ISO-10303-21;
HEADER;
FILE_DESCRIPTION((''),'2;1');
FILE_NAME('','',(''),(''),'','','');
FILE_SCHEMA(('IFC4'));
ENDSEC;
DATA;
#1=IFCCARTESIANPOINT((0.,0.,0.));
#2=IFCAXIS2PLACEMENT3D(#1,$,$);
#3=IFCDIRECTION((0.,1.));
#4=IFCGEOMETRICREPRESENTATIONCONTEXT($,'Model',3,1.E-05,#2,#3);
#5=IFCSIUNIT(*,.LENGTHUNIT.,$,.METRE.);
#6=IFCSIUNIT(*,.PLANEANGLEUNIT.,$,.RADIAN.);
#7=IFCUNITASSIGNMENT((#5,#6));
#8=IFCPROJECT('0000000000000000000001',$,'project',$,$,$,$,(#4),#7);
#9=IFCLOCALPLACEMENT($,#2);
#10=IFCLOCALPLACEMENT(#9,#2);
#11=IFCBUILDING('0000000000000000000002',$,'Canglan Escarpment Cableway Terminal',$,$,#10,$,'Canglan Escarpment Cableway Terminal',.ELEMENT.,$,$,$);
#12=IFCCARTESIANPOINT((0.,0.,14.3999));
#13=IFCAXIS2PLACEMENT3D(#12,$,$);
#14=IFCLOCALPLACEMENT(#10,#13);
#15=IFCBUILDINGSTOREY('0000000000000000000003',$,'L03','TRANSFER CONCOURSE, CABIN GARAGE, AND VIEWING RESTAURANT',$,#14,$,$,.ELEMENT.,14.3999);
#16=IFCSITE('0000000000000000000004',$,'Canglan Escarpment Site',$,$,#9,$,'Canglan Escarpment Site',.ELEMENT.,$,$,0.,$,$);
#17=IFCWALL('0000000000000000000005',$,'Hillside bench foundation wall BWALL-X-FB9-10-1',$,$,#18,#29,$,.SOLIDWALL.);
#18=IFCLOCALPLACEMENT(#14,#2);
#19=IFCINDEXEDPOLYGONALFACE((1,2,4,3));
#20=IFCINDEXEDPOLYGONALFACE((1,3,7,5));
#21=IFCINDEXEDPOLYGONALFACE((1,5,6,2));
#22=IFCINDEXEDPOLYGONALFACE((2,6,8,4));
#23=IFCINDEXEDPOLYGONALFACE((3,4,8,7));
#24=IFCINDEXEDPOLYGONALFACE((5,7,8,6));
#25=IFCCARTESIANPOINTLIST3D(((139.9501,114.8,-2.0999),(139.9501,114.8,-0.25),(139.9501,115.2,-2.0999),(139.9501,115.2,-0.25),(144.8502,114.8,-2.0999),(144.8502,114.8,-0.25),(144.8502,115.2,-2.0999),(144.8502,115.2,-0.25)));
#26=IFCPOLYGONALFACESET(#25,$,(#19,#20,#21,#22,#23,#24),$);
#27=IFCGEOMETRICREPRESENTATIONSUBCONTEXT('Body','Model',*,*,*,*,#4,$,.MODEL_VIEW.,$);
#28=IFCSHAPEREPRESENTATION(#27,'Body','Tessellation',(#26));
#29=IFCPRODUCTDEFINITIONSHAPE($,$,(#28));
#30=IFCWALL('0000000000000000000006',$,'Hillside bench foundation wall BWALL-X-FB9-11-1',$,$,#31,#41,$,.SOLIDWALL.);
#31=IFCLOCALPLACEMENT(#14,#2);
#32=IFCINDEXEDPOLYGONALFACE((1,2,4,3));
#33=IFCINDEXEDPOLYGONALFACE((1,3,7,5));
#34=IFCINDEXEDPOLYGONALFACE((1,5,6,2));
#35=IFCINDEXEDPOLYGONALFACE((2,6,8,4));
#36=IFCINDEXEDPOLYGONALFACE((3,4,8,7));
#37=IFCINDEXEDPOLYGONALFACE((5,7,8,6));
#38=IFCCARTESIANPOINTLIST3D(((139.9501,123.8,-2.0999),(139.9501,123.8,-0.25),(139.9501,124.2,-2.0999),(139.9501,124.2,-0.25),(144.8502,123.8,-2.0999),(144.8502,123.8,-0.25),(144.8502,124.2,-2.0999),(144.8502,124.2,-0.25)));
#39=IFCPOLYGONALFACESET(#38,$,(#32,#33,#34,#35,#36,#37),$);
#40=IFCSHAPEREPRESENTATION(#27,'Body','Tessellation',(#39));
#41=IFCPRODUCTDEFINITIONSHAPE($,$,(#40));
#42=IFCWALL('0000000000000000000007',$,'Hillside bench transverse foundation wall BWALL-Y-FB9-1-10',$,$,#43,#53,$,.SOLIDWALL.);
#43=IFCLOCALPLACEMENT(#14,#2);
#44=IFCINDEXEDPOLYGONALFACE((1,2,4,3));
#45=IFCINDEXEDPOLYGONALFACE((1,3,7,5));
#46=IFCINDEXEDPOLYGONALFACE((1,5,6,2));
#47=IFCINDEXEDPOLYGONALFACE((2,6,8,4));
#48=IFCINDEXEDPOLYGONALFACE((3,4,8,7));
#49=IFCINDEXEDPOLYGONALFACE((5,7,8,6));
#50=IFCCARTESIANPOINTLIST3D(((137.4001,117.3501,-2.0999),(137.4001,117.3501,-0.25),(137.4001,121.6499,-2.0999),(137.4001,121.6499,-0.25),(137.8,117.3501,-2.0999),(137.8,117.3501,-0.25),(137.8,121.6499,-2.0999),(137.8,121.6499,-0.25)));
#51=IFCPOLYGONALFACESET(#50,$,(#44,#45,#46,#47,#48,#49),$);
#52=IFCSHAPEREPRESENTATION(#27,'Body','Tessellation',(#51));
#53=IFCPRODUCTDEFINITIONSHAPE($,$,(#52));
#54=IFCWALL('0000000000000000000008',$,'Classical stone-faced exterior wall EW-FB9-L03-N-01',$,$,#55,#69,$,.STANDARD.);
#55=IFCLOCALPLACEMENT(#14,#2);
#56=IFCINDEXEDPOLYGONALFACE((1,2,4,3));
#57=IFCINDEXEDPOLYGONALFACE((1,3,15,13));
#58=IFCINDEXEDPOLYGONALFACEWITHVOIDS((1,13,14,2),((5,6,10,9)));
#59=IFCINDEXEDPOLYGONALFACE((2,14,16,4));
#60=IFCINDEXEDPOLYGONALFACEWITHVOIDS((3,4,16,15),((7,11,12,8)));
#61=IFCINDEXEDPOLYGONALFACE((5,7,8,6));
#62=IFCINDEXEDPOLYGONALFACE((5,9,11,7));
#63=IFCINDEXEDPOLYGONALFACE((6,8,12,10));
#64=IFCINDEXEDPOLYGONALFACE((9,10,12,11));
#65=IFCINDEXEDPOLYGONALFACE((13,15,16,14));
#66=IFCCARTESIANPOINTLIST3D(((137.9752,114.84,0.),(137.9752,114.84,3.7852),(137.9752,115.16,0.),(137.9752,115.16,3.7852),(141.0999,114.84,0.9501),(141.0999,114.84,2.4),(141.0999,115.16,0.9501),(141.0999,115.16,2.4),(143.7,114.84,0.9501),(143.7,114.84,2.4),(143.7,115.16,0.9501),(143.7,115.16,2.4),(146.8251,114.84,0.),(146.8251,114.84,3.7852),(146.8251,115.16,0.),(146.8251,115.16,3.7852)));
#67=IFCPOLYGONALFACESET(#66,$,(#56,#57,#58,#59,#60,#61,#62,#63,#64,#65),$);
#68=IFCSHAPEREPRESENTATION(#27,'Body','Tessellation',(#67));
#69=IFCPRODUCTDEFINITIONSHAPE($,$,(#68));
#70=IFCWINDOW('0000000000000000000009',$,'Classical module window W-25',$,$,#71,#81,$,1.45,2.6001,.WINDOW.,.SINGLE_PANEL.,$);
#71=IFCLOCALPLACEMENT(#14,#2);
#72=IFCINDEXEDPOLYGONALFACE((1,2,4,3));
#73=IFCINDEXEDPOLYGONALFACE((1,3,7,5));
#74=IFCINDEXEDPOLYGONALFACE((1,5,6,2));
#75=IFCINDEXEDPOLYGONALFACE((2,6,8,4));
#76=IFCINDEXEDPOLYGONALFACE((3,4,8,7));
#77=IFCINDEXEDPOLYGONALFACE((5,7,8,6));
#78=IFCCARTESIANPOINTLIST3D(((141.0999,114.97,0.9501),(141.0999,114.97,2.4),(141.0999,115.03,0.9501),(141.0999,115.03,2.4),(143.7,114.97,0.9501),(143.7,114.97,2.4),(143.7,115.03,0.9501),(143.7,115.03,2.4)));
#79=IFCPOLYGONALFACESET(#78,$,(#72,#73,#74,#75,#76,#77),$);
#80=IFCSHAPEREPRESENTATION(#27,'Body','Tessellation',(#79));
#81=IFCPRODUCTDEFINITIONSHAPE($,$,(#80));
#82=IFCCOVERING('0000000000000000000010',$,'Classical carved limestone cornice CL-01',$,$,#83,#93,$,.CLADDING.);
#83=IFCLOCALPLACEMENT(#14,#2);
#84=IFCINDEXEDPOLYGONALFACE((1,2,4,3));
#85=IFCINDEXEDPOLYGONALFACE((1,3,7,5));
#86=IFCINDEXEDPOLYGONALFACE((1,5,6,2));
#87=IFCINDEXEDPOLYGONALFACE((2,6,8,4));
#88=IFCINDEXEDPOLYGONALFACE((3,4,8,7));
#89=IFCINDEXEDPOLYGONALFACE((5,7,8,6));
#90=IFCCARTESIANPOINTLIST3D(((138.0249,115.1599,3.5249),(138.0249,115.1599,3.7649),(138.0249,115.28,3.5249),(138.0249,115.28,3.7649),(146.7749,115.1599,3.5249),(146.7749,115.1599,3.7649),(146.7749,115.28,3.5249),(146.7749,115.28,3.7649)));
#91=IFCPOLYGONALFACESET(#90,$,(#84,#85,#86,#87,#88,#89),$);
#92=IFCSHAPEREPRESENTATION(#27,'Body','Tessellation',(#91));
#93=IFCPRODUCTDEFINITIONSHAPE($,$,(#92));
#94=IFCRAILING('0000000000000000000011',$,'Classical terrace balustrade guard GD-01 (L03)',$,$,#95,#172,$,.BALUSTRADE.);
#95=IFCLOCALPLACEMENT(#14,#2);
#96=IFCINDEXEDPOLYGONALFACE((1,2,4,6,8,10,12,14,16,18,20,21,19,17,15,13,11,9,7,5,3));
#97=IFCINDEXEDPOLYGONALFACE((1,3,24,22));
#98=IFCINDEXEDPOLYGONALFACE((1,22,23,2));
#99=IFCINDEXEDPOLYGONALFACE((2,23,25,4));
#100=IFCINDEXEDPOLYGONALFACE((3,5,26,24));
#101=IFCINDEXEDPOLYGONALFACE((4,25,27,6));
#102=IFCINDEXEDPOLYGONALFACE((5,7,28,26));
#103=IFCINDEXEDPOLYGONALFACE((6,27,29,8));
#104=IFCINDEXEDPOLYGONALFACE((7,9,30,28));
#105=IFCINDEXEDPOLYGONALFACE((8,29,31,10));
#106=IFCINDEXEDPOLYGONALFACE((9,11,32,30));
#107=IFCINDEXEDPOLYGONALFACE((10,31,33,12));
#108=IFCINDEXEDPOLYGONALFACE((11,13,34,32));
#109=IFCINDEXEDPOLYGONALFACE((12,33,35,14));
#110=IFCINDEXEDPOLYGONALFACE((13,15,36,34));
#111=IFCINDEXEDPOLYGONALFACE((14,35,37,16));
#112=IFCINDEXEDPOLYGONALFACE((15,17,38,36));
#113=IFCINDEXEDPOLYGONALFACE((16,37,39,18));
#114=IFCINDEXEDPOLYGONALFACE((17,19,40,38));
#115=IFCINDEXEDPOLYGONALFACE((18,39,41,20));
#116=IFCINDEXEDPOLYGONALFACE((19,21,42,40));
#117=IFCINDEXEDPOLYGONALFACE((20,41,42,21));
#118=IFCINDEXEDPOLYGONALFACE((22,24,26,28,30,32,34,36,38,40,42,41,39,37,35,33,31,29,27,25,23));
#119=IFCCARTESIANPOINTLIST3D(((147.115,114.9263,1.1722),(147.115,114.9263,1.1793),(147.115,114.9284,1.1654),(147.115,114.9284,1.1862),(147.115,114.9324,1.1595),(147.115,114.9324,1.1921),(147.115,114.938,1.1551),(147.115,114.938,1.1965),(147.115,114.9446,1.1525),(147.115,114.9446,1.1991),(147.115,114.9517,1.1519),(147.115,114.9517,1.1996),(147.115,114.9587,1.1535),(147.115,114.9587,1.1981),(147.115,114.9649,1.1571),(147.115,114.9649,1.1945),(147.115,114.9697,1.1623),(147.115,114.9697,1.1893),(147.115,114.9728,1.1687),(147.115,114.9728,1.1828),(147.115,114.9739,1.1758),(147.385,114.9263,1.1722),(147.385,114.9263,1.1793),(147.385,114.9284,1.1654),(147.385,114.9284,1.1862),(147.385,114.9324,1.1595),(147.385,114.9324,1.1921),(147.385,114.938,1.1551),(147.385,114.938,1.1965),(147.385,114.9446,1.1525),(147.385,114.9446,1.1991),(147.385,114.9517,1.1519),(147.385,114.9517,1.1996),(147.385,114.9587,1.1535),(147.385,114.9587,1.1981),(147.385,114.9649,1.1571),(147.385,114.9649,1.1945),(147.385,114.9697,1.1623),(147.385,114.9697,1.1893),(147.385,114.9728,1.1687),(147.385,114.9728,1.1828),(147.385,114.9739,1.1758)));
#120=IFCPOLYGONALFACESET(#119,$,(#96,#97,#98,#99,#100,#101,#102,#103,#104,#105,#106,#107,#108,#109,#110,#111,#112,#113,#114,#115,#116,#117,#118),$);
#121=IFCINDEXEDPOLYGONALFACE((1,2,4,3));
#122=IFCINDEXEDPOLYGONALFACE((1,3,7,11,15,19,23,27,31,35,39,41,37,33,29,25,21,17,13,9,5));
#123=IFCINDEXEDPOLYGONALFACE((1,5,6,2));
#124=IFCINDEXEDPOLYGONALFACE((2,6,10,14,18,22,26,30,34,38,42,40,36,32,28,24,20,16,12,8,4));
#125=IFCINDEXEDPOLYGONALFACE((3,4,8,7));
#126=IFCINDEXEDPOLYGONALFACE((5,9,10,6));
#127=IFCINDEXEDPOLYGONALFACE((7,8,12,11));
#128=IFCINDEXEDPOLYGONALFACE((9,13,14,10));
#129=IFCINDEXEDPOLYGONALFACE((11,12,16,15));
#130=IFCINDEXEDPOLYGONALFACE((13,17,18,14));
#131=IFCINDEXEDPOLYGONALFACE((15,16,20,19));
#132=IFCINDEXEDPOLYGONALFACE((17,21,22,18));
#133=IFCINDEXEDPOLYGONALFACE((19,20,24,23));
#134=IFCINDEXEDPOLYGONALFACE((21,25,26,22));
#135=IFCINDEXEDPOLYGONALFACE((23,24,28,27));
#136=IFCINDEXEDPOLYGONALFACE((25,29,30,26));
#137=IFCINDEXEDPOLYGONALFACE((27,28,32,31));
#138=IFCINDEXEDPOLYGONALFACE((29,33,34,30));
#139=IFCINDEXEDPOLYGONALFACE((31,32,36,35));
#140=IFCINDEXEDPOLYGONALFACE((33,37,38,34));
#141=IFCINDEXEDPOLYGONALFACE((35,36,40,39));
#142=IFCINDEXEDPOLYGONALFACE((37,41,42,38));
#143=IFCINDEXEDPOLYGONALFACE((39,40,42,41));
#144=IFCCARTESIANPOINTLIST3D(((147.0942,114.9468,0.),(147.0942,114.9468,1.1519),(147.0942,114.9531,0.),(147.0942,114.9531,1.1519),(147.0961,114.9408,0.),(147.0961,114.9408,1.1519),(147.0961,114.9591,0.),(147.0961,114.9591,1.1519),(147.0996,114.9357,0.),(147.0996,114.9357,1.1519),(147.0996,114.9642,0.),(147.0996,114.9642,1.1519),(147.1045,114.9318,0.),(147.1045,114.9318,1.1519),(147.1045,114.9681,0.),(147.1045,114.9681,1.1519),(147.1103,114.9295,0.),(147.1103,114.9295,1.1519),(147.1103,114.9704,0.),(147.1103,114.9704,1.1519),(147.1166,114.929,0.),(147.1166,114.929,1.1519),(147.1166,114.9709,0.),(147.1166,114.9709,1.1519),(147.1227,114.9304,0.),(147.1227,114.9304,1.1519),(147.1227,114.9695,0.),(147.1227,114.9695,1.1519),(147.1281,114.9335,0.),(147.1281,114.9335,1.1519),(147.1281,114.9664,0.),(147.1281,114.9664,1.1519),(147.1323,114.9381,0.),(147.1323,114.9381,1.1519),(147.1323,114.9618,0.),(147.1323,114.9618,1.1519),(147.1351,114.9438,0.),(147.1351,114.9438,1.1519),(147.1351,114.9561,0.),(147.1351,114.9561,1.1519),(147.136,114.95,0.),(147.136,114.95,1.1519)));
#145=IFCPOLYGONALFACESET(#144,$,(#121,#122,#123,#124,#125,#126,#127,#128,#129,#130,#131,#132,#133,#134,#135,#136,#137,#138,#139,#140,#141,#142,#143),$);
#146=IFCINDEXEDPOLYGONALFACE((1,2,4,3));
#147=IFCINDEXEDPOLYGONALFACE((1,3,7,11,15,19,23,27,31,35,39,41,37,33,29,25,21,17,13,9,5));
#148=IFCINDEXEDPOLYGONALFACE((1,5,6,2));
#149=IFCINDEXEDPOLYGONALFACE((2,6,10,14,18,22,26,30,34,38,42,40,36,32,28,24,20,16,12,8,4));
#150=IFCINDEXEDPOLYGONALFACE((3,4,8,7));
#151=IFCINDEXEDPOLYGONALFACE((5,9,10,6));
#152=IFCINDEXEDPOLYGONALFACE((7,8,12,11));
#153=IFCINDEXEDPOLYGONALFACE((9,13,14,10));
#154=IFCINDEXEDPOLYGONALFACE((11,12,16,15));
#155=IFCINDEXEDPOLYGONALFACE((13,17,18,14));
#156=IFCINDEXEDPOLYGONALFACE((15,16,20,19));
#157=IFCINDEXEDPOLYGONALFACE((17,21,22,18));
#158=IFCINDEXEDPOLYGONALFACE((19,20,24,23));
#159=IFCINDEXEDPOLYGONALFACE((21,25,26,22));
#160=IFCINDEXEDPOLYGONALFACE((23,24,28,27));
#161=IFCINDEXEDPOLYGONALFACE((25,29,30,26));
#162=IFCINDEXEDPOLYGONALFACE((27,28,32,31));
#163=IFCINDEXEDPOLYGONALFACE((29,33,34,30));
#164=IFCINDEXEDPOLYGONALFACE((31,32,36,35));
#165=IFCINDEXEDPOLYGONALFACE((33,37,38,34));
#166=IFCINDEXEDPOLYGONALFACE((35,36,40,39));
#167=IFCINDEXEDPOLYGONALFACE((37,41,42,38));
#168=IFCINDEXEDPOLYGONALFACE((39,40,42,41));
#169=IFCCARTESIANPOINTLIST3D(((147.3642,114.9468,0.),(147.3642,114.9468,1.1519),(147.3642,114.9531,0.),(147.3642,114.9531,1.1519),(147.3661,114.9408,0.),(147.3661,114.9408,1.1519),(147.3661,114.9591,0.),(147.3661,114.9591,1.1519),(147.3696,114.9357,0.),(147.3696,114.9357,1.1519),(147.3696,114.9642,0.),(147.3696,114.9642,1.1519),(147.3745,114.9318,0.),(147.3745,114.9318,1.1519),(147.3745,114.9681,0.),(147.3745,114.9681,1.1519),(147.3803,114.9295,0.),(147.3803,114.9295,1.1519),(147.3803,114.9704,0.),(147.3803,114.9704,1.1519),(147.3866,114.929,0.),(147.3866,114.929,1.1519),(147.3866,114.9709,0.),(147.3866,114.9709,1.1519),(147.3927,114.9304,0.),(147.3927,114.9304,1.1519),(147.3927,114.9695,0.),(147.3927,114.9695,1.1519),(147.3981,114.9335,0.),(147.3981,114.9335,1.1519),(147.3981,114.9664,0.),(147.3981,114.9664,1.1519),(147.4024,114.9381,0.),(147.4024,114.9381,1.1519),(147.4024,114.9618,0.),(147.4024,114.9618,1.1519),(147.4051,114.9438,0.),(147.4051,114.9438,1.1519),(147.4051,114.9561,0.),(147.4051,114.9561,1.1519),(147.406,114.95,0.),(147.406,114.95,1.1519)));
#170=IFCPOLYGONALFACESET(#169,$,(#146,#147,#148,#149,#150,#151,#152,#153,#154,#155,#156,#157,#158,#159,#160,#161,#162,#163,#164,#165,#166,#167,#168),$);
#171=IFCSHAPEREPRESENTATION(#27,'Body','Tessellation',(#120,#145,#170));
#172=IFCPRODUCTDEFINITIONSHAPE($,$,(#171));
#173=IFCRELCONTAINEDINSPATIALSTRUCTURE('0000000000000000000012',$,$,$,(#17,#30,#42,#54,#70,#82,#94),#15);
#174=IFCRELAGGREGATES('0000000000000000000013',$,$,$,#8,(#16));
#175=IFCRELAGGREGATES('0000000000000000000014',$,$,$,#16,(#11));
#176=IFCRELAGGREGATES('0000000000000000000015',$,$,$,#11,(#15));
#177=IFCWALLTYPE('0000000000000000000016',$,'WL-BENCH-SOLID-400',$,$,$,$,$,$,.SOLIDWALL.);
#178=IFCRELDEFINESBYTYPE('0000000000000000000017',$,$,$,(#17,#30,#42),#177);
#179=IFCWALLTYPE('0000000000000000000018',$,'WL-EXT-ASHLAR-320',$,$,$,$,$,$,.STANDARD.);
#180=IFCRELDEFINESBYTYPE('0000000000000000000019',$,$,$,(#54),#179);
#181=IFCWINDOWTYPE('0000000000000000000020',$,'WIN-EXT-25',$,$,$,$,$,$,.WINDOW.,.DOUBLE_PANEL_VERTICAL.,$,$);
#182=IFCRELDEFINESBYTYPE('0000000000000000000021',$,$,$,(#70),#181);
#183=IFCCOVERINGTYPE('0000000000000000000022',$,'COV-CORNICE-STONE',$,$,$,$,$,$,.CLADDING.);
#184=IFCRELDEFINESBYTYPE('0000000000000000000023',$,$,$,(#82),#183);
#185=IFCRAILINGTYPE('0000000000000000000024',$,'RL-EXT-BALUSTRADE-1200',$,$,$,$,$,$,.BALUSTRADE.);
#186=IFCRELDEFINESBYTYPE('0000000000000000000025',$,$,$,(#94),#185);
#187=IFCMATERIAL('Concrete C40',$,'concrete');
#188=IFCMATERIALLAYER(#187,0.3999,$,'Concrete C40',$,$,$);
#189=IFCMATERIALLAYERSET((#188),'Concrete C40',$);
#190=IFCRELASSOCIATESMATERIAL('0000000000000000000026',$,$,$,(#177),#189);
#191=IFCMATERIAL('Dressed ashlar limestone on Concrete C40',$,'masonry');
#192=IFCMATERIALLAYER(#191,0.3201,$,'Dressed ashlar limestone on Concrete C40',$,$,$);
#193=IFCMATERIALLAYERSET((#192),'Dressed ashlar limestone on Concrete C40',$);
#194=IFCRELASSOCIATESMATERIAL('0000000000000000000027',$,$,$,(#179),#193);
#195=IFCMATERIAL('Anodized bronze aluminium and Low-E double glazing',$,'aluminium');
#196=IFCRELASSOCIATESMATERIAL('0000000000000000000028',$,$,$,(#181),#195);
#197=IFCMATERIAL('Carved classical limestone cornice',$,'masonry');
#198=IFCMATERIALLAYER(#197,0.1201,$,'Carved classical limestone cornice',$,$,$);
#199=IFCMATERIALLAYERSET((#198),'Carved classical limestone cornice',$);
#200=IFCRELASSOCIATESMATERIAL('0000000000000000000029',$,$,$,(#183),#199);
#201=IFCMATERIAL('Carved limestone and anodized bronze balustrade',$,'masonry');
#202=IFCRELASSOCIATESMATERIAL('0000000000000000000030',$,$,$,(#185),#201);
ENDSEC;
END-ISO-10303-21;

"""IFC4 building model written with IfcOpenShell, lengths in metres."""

from ifc_helpers import new_model, si_unit, direction, frame, frame_2d, origin, origin_2d, place, context, subcontext, project, spatial, rectangle, circle, extrude, material, layer, layer_set, type_object, element, fill, save


model = new_model("IFC4")

# Units and contexts
model_context = context("Model", 3, precision=1e-05, world=origin(), true_north=direction((0.0, 1.0)))
body_context = subcontext(model_context, "Body", "Model", "MODEL_VIEW")
ifc_project = project(units=[si_unit("LENGTHUNIT", "METRE"), si_unit("PLANEANGLEUNIT", "RADIAN")], contexts=[model_context])

# Site, building, storey
site_placement = place(None, origin())
site = spatial("IfcSite", under=ifc_project, at=site_placement, Name="Canglan Escarpment Site", LongName="Canglan Escarpment Site", CompositionType="ELEMENT", RefElevation=0.0)
building_placement = place(site_placement, origin())
building = spatial("IfcBuilding", under=site, at=building_placement, Name="Canglan Escarpment Cableway Terminal", LongName="Canglan Escarpment Cableway Terminal", CompositionType="ELEMENT")
storey_placement = place(building_placement, frame((0.0, 0.0, 14.3999)))
storey = spatial("IfcBuildingStorey", under=building, at=storey_placement, Name="L03", Description="TRANSFER CONCOURSE, CABIN GARAGE, AND VIEWING RESTAURANT", CompositionType="ELEMENT", Elevation=14.3999)

# Shared definitions
ifc_material_1 = material(Name="Concrete C40", Category="concrete")

# Shared definitions
ifc_material_2 = material(Name="Anodized bronze aluminium and Low-E double glazing", Category="aluminium")

# Walls
ifc_layer_1 = layer(ifc_material_1, 0.3999, Name="Concrete C40")
ifc_layer_set_1 = layer_set([ifc_layer_1], Name="Concrete C40")
wall_type_1 = type_object("IfcWallType", Name="WL-BENCH-SOLID-400", PredefinedType="SOLIDWALL", material=ifc_layer_set_1)
for number, where, z_axis, x_axis, name in (
    (1, (139.95, 115.0, -2.0999), (0.0, 0.0, 1.0), (1.0, 0.0, 0.0), "Hillside bench foundation wall BWALL-X-FB9-10-1"),
    (2, (139.95, 124.0, -2.0999), (0.0, 0.0, 1.0), (1.0, 0.0, 0.0), "Hillside bench foundation wall BWALL-X-FB9-11-1"),
):
    element("IfcWall", number, at=place(storey_placement, frame(where, z_axis=z_axis, x_axis=x_axis)), inside=storey, type_object=wall_type_1, Name=name, PredefinedType="SOLIDWALL", context=body_context, shape_type="SweptSolid", body=[
        extrude(rectangle(XDim=4.9001, YDim=0.3999, at=frame_2d((2.4502, 0.0))), origin(), (0.0, 0.0, 1.0), 1.8499),
    ])
wall_1_placement = place(storey_placement, frame((137.6001, 117.3501, -2.0999), z_axis=(0.0, 0.0, 1.0), x_axis=(0.0, 1.0, 0.0)))
element("IfcWall", 3, at=wall_1_placement, inside=storey, type_object=wall_type_1, Name="Hillside bench transverse foundation wall BWALL-Y-FB9-1-10", PredefinedType="SOLIDWALL", context=body_context, shape_type="SweptSolid", body=[
    extrude(rectangle(XDim=4.2998, YDim=0.3999, at=frame_2d((2.1499, 0.0))), origin(), (0.0, 0.0, 1.0), 1.8499),
])

# Wall, opening, window
ifc_material_3 = material(Name="Dressed ashlar limestone on Concrete C40", Category="masonry")
ifc_layer_2 = layer(ifc_material_3, 0.3201, Name="Dressed ashlar limestone on Concrete C40")
ifc_layer_set_2 = layer_set([ifc_layer_2], Name="Dressed ashlar limestone on Concrete C40")
wall_type_2 = type_object("IfcWallType", Name="WL-EXT-ASHLAR-320", PredefinedType="STANDARD", material=ifc_layer_set_2)
wall_2_placement = place(storey_placement, frame((146.825, 115.0, 0.0), z_axis=(0.0, 0.0, 1.0), x_axis=(-1.0, 0.0, 0.0)))
wall_2 = element("IfcWall", 4, at=wall_2_placement, inside=storey, type_object=wall_type_2, Name="Classical stone-faced exterior wall EW-FB9-L03-N-01", PredefinedType="STANDARD", context=body_context, shape_type="SweptSolid", body=[
    extrude(rectangle(XDim=8.8499, YDim=0.3201, at=frame_2d((4.4248, 0.0))), origin(), (0.0, 0.0, 1.0), 3.7852),
])
opening_placement = place(wall_2_placement, frame((3.125, 0.0, 0.95)))
opening = element("IfcOpeningElement", 5, at=opening_placement, cuts=wall_2, PredefinedType="OPENING", context=body_context, shape_type="SweptSolid", body=[
    extrude(rectangle(XDim=2.6001, YDim=1.45, at=frame_2d((1.3, 0.7251))), frame((0.0, 0.1699, 0.0), z_axis=(0.0, -1.0, 0.0), x_axis=(1.0, 0.0, 0.0)), (0.0, 0.0, 1.0), 0.3401),
])
window_type = type_object("IfcWindowType", Name="WIN-EXT-25", PartitioningType="DOUBLE_PANEL_VERTICAL", PredefinedType="WINDOW", material=ifc_material_2)
window_placement = place(opening_placement, origin())
window = element("IfcWindow", 6, at=window_placement, inside=storey, type_object=window_type, Name="Classical module window W-25", OverallHeight=1.45, OverallWidth=2.6001, PartitioningType="SINGLE_PANEL", PredefinedType="WINDOW", context=body_context, shape_type="SweptSolid", body=[
    extrude(rectangle(XDim=2.6001, YDim=1.45, at=frame_2d((1.3, 0.7251))), frame((0.0, 0.03, 0.0), z_axis=(0.0, -1.0, 0.0), x_axis=(1.0, 0.0, 0.0)), (0.0, 0.0, 1.0), 0.0601),
])
fill(opening, window)

# Covering
ifc_material_4 = material(Name="Carved classical limestone cornice", Category="masonry")
ifc_layer_3 = layer(ifc_material_4, 0.1201, Name="Carved classical limestone cornice")
ifc_layer_set_3 = layer_set([ifc_layer_3], Name="Carved classical limestone cornice")
covering_type = type_object("IfcCoveringType", Name="COV-CORNICE-STONE", PredefinedType="CLADDING", material=ifc_layer_set_3)
covering_placement = place(storey_placement, frame((142.3999, 115.22, 3.5249), z_axis=(0.0, 0.0, 1.0), x_axis=(-1.0, 0.0, 0.0)))
element("IfcCovering", 7, at=covering_placement, inside=storey, type_object=covering_type, Name="Classical carved limestone cornice CL-01", PredefinedType="CLADDING", context=body_context, shape_type="SweptSolid", body=[
    extrude(rectangle(XDim=8.75, YDim=0.1201, at=origin_2d()), origin(), (0.0, 0.0, 1.0), 0.24),
])

# Railing
ifc_material_5 = material(Name="Carved limestone and anodized bronze balustrade", Category="masonry")
railing_type = type_object("IfcRailingType", Name="RL-EXT-BALUSTRADE-1200", PredefinedType="BALUSTRADE", material=ifc_material_5)
railing_placement = place(storey_placement, frame((147.115, 114.95, 0.0)))
element("IfcRailing", 8, at=railing_placement, inside=storey, type_object=railing_type, Name="Classical terrace balustrade guard GD-01 (L03)", PredefinedType="BALUSTRADE", context=body_context, shape_type="SweptSolid", body=[
    extrude(circle(Radius=0.0239, at=origin_2d()), frame((0.0, 0.0, 1.1758), z_axis=(1.0, 0.0, 0.0), x_axis=(0.0, 1.0, 0.0)), (0.0, 0.0, 1.0), 0.27),
    extrude(circle(Radius=0.021, at=origin_2d()), origin(), (0.0, 0.0, 1.0), 1.1519),
    extrude(circle(Radius=0.021, at=origin_2d()), frame((0.27, 0.0, 0.0)), (0.0, 0.0, 1.0), 1.1519),
])

save(model, "model.ifc")
